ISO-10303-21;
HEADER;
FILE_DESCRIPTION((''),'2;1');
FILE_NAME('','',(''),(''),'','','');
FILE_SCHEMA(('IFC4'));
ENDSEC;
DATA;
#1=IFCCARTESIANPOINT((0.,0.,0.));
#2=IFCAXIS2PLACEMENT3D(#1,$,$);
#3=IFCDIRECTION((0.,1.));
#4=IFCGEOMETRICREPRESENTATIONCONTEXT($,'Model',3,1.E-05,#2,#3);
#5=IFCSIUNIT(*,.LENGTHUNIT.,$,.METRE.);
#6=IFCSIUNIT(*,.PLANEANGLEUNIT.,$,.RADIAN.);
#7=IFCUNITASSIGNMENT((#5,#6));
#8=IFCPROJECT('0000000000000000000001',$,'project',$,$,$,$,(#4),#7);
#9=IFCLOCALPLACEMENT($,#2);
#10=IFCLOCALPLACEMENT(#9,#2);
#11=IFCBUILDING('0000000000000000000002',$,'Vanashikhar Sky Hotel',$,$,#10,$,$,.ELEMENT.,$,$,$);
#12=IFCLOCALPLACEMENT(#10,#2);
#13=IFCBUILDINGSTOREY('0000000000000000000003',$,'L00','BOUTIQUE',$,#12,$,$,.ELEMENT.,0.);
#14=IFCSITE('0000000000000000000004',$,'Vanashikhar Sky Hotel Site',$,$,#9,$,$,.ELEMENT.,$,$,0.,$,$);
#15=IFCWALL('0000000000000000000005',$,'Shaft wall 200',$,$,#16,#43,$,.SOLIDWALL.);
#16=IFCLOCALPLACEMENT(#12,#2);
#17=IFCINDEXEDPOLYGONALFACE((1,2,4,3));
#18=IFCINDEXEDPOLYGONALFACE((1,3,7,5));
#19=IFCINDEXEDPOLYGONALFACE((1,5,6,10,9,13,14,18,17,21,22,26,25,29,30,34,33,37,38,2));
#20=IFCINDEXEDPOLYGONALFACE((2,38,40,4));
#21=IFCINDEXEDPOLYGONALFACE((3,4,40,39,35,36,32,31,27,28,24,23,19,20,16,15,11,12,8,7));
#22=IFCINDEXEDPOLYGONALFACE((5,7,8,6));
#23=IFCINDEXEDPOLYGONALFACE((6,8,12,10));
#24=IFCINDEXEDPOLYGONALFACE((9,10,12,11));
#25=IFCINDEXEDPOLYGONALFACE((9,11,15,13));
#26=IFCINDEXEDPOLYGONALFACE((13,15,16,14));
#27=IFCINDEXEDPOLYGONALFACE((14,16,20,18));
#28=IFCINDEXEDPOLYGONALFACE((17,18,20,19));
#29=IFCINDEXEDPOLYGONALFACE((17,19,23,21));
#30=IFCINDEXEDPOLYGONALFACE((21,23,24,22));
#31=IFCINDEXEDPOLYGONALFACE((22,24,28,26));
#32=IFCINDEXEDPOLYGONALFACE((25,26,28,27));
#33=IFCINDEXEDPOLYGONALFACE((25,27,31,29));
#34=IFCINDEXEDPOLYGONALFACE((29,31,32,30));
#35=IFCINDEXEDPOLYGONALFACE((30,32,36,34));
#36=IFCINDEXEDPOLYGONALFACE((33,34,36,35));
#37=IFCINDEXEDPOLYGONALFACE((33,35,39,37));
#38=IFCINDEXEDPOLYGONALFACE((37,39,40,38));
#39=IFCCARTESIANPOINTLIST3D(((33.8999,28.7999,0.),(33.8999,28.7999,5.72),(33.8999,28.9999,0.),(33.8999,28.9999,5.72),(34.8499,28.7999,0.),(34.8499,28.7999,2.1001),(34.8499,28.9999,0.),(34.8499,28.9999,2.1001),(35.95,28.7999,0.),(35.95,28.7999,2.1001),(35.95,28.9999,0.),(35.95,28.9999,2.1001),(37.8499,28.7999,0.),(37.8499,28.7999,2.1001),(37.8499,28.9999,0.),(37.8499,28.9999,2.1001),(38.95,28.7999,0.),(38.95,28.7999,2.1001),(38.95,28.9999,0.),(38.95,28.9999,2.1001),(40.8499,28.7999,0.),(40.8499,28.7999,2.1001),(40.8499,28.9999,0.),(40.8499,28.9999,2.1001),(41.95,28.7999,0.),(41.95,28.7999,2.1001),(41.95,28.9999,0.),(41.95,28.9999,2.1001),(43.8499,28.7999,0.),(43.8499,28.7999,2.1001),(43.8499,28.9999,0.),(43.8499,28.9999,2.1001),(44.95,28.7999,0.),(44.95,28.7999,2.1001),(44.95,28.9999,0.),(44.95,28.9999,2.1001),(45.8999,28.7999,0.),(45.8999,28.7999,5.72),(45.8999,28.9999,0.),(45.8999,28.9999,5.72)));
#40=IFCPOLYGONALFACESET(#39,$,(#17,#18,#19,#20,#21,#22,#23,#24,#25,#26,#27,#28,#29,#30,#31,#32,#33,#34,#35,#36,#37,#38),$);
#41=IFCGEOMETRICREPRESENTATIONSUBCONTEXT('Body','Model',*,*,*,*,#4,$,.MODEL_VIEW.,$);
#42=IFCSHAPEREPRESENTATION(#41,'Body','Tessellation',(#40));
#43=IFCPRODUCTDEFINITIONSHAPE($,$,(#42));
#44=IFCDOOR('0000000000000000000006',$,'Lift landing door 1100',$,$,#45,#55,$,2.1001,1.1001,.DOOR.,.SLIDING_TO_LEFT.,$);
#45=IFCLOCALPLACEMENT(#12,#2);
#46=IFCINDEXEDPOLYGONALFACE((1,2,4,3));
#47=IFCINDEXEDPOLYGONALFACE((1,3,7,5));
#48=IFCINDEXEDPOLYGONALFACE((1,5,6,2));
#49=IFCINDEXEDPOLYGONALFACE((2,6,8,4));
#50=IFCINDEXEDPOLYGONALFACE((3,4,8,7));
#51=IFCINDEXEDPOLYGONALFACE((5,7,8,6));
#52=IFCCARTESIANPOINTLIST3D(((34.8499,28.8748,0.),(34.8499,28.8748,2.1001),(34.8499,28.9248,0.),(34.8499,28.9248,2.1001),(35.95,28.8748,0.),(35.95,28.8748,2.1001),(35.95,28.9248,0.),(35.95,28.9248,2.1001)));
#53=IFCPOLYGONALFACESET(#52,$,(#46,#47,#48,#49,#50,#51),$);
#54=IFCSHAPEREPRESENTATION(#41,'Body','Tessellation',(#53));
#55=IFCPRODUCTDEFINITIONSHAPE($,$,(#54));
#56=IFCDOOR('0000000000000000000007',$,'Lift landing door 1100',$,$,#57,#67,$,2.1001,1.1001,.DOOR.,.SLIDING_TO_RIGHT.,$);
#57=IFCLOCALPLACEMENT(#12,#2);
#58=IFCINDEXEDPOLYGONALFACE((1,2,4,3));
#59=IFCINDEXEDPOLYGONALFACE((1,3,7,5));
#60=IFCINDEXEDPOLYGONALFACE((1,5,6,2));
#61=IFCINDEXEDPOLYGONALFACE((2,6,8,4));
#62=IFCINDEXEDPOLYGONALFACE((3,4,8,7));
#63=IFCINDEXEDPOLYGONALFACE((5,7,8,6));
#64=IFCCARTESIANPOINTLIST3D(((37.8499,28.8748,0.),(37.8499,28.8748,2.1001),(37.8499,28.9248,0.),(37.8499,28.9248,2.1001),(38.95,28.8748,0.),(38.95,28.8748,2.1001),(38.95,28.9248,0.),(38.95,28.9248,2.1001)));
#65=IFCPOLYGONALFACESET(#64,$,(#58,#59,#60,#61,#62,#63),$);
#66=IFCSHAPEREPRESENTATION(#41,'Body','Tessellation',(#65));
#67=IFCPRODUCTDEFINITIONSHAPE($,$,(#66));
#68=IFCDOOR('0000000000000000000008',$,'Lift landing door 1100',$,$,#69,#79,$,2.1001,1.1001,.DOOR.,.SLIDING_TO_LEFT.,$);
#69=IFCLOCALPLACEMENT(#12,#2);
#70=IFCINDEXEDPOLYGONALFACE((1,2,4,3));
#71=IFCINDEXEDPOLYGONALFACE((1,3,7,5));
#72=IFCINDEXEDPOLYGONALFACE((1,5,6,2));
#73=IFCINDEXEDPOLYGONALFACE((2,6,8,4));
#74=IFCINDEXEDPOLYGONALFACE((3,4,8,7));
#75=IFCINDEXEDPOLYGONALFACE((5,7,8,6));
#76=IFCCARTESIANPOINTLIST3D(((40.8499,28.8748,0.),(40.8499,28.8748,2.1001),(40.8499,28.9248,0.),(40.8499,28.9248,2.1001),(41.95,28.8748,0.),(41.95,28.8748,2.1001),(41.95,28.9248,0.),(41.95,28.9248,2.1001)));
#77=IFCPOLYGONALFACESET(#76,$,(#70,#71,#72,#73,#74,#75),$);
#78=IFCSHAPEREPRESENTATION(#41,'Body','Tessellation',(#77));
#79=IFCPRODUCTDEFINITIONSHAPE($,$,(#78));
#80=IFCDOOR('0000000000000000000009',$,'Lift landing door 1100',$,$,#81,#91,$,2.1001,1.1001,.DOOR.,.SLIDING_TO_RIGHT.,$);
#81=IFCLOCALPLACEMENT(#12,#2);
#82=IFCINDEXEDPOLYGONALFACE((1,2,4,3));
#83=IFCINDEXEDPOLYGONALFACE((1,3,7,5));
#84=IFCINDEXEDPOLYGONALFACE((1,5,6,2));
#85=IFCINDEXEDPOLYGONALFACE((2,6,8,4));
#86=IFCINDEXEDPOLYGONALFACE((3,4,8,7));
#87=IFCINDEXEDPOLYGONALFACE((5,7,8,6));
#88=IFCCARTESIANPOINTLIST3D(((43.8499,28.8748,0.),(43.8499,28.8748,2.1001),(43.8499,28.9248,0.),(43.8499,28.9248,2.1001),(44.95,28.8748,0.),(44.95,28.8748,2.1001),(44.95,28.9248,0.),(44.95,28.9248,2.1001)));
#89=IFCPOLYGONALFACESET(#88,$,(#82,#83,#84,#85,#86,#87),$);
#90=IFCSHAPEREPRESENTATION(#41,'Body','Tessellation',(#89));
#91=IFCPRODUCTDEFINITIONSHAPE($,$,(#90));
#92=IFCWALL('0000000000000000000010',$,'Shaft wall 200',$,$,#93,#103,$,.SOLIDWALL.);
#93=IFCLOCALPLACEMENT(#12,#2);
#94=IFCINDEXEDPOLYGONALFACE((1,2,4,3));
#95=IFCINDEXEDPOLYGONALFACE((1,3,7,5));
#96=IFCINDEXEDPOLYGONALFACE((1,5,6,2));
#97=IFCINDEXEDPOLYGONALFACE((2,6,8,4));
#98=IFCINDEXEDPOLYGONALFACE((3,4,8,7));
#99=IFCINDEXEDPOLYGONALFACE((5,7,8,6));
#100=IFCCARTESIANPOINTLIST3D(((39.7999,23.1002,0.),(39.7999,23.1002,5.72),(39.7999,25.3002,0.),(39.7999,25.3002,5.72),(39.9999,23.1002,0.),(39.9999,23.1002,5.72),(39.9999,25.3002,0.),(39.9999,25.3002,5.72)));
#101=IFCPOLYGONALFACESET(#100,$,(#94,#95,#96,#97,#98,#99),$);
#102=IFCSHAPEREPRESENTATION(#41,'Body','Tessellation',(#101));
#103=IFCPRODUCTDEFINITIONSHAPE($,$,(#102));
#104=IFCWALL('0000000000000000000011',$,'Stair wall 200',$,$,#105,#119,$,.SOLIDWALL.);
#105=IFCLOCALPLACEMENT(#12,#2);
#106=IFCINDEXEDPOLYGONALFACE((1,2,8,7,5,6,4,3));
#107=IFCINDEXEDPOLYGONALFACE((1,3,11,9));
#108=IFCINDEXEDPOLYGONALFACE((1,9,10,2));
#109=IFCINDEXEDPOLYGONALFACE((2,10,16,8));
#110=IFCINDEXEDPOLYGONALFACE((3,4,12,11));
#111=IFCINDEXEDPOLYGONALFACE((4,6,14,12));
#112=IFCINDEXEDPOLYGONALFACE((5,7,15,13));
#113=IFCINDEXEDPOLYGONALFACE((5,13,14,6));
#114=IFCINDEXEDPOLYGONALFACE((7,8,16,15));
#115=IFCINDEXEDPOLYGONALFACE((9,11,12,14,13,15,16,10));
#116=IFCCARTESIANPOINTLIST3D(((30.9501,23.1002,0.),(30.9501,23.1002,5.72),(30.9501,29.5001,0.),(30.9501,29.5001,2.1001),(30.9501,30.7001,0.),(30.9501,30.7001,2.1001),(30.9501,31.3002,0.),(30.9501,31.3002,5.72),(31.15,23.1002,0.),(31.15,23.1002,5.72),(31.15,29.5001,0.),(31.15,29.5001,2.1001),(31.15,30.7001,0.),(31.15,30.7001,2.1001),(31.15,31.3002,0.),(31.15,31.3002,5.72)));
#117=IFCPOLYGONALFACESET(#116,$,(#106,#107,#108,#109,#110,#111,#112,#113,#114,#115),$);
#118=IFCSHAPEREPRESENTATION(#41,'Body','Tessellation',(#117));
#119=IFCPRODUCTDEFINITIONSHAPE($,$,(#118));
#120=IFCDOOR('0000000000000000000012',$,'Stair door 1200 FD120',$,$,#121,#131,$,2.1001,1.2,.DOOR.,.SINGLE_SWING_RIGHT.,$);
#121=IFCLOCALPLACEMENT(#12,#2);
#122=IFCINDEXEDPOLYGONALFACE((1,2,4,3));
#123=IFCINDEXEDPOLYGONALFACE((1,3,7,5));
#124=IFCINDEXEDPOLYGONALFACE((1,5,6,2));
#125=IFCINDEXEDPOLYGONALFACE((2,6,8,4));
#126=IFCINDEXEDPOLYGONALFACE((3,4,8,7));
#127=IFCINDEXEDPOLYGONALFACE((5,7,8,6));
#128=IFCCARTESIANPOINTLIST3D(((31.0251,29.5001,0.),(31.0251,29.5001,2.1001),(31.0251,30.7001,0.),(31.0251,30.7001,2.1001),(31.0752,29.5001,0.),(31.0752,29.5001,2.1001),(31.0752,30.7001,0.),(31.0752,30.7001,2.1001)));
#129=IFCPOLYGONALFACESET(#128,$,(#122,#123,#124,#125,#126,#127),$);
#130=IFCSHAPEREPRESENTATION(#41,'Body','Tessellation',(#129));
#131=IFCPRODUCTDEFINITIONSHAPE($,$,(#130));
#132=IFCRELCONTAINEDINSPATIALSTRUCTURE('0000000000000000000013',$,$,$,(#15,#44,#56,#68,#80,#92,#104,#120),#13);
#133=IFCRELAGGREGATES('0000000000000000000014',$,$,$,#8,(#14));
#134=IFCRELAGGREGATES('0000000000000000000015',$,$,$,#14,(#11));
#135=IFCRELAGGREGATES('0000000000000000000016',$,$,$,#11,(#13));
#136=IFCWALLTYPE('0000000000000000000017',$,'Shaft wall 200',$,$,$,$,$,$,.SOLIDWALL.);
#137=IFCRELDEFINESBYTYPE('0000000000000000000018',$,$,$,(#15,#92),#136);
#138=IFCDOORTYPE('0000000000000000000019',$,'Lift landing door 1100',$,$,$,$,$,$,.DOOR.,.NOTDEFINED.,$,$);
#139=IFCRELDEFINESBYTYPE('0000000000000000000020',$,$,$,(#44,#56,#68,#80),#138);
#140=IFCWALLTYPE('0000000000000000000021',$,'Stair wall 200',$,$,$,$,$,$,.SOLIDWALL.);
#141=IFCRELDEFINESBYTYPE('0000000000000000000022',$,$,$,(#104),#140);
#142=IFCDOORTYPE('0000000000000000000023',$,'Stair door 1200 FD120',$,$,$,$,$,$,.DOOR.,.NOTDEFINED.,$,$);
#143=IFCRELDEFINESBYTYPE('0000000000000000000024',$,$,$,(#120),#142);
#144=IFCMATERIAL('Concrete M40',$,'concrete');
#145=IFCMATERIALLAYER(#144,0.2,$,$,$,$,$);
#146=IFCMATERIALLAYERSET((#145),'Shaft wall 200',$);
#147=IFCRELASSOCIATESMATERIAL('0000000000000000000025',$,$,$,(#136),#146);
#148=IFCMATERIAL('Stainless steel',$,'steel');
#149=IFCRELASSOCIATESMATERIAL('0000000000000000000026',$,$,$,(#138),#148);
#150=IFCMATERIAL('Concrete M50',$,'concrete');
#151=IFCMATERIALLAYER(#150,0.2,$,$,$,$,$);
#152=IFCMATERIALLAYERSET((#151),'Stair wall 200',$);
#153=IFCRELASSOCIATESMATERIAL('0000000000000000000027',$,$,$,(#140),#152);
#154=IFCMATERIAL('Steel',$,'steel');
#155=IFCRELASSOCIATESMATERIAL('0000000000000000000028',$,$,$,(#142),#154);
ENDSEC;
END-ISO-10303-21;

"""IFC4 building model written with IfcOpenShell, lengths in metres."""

from ifc_helpers import new_model, si_unit, direction, frame, frame_2d, origin, place, context, subcontext, project, spatial, rectangle, extrude, source, transform, mapped, material, layer, layer_set, type_object, element, fill, save


model = new_model("IFC4")

# Units and contexts
model_context = context("Model", 3, precision=1e-05, world=origin(), true_north=direction((0.0, 1.0)))
body_context = subcontext(model_context, "Body", "Model", "MODEL_VIEW")
ifc_project = project(units=[si_unit("LENGTHUNIT", "METRE"), si_unit("PLANEANGLEUNIT", "RADIAN")], contexts=[model_context])

# Site, building, storey
site_placement = place(None, origin())
site = spatial("IfcSite", under=ifc_project, at=site_placement, Name="Vanashikhar Sky Hotel Site", CompositionType="ELEMENT", RefElevation=0.0)
building_placement = place(site_placement, origin())
building = spatial("IfcBuilding", under=site, at=building_placement, Name="Vanashikhar Sky Hotel", CompositionType="ELEMENT")
storey_placement = place(building_placement, origin())
storey = spatial("IfcBuildingStorey", under=building, at=storey_placement, Name="L00", Description="BOUTIQUE", CompositionType="ELEMENT", Elevation=0.0)

# Shared definitions
ifc_material_1 = material(Name="Steel", Category="steel")
shared_shape_1 = source(origin(), body_context, "Body", "SweptSolid", [
    extrude(rectangle(XDim=1.1001, YDim=2.1001, at=frame_2d((0.55, 1.05))), frame((0.0, 0.0249, 0.0), z_axis=(0.0, -1.0, 0.0), x_axis=(1.0, 0.0, 0.0)), (0.0, 0.0, 1.0), 0.05),
])

# Wall, openings, doors
ifc_material_2 = material(Name="Concrete M40", Category="concrete")
ifc_layer_1 = layer(ifc_material_2, 0.2)
ifc_layer_set_1 = layer_set([ifc_layer_1], Name="Shaft wall 200")
wall_type_1 = type_object("IfcWallType", Name="Shaft wall 200", PredefinedType="SOLIDWALL", material=ifc_layer_set_1)
shared_shape_2 = source(origin(), body_context, "Body", "SweptSolid", [
    extrude(rectangle(XDim=1.1001, YDim=2.1001, at=frame_2d((0.55, 1.05))), frame((0.0, 0.1099, 0.0), z_axis=(0.0, -1.0, 0.0), x_axis=(1.0, 0.0, 0.0)), (0.0, 0.0, 1.0), 0.22),
])
ifc_material_3 = material(Name="Stainless steel", Category="steel")
door_type_1 = type_object("IfcDoorType", Name="Lift landing door 1100", OperationType="NOTDEFINED", PredefinedType="DOOR", material=ifc_material_3)
shared_shape_3 = source(origin(), body_context, "Body", "SweptSolid", [
    extrude(rectangle(XDim=12.0, YDim=0.2, at=frame_2d((6.0, 0.0))), origin(), (0.0, 0.0, 1.0), 5.72),
])
wall_1_placement = place(storey_placement, frame((33.8999, 28.8999, 0.0), z_axis=(0.0, 0.0, 1.0), x_axis=(1.0, 0.0, 0.0)))
wall_1 = element("IfcWall", 1, at=wall_1_placement, inside=storey, type_object=wall_type_1, Name="Shaft wall 200", PredefinedType="SOLIDWALL", context=body_context, shape_type="MappedRepresentation", body=[
    mapped(shared_shape_3, transform((0.0, 0.0, 0.0), scale=1.0)),
])
opening_1_placement = place(wall_1_placement, frame((0.95, 0.0, 0.0)))
opening_1 = element("IfcOpeningElement", 2, at=opening_1_placement, cuts=wall_1, PredefinedType="OPENING", context=body_context, shape_type="MappedRepresentation", body=[
    mapped(shared_shape_2, transform((0.0, 0.0, 0.0), scale=1.0)),
])
opening_2_placement = place(wall_1_placement, frame((3.95, 0.0, 0.0)))
opening_2 = element("IfcOpeningElement", 3, at=opening_2_placement, cuts=wall_1, PredefinedType="OPENING", context=body_context, shape_type="MappedRepresentation", body=[
    mapped(shared_shape_2, transform((0.0, 0.0, 0.0), scale=1.0)),
])
opening_3_placement = place(wall_1_placement, frame((6.95, 0.0, 0.0)))
opening_3 = element("IfcOpeningElement", 4, at=opening_3_placement, cuts=wall_1, PredefinedType="OPENING", context=body_context, shape_type="MappedRepresentation", body=[
    mapped(shared_shape_2, transform((0.0, 0.0, 0.0), scale=1.0)),
])
opening_4_placement = place(wall_1_placement, frame((9.95, 0.0, 0.0)))
opening_4 = element("IfcOpeningElement", 5, at=opening_4_placement, cuts=wall_1, PredefinedType="OPENING", context=body_context, shape_type="MappedRepresentation", body=[
    mapped(shared_shape_2, transform((0.0, 0.0, 0.0), scale=1.0)),
])
door_1_placement = place(opening_1_placement, origin())
door_1 = element("IfcDoor", 6, at=door_1_placement, inside=storey, type_object=door_type_1, Name="Lift landing door 1100", OperationType="SLIDING_TO_LEFT", OverallHeight=2.1001, OverallWidth=1.1001, PredefinedType="DOOR", context=body_context, shape_type="MappedRepresentation", body=[
    mapped(shared_shape_1, transform((0.0, 0.0, 0.0), scale=1.0)),
])
fill(opening_1, door_1)
door_2_placement = place(opening_2_placement, origin())
door_2 = element("IfcDoor", 7, at=door_2_placement, inside=storey, type_object=door_type_1, Name="Lift landing door 1100", OperationType="SLIDING_TO_RIGHT", OverallHeight=2.1001, OverallWidth=1.1001, PredefinedType="DOOR", context=body_context, shape_type="MappedRepresentation", body=[
    mapped(shared_shape_1, transform((0.0, 0.0, 0.0), scale=1.0)),
])
fill(opening_2, door_2)
door_3_placement = place(opening_3_placement, origin())
door_3 = element("IfcDoor", 8, at=door_3_placement, inside=storey, type_object=door_type_1, Name="Lift landing door 1100", OperationType="SLIDING_TO_LEFT", OverallHeight=2.1001, OverallWidth=1.1001, PredefinedType="DOOR", context=body_context, shape_type="MappedRepresentation", body=[
    mapped(shared_shape_1, transform((0.0, 0.0, 0.0), scale=1.0)),
])
fill(opening_3, door_3)
door_4_placement = place(opening_4_placement, origin())
door_4 = element("IfcDoor", 9, at=door_4_placement, inside=storey, type_object=door_type_1, Name="Lift landing door 1100", OperationType="SLIDING_TO_RIGHT", OverallHeight=2.1001, OverallWidth=1.1001, PredefinedType="DOOR", context=body_context, shape_type="MappedRepresentation", body=[
    mapped(shared_shape_1, transform((0.0, 0.0, 0.0), scale=1.0)),
])
fill(opening_4, door_4)

# Wall
shared_shape_4 = source(origin(), body_context, "Body", "SweptSolid", [
    extrude(rectangle(XDim=2.2, YDim=0.2, at=frame_2d((1.1001, 0.0))), origin(), (0.0, 0.0, 1.0), 5.72),
])
wall_2_placement = place(storey_placement, frame((39.8999, 23.1001, 0.0), z_axis=(0.0, 0.0, 1.0), x_axis=(0.0, 1.0, 0.0)))
element("IfcWall", 10, at=wall_2_placement, inside=storey, type_object=wall_type_1, Name="Shaft wall 200", PredefinedType="SOLIDWALL", context=body_context, shape_type="MappedRepresentation", body=[
    mapped(shared_shape_4, transform((0.0, 0.0, 0.0), scale=1.0)),
])

# Wall, opening, door
ifc_material_4 = material(Name="Concrete M50", Category="concrete")
ifc_layer_2 = layer(ifc_material_4, 0.2)
ifc_layer_set_2 = layer_set([ifc_layer_2], Name="Stair wall 200")
wall_type_2 = type_object("IfcWallType", Name="Stair wall 200", PredefinedType="SOLIDWALL", material=ifc_layer_set_2)
shared_shape_5 = source(origin(), body_context, "Body", "SweptSolid", [
    extrude(rectangle(XDim=8.2, YDim=0.2, at=frame_2d((4.1001, 0.0))), origin(), (0.0, 0.0, 1.0), 5.72),
])
wall_3_placement = place(storey_placement, frame((31.05, 23.1001, 0.0), z_axis=(0.0, 0.0, 1.0), x_axis=(0.0, 1.0, 0.0)))
wall_3 = element("IfcWall", 11, at=wall_3_placement, inside=storey, type_object=wall_type_2, Name="Stair wall 200", PredefinedType="SOLIDWALL", context=body_context, shape_type="MappedRepresentation", body=[
    mapped(shared_shape_5, transform((0.0, 0.0, 0.0), scale=1.0)),
])
shared_shape_6 = source(origin(), body_context, "Body", "SweptSolid", [
    extrude(rectangle(XDim=1.2, YDim=2.1001, at=frame_2d((0.6001, 1.05))), frame((0.0, 0.1099, 0.0), z_axis=(0.0, -1.0, 0.0), x_axis=(1.0, 0.0, 0.0)), (0.0, 0.0, 1.0), 0.22),
])
opening_5_placement = place(wall_3_placement, frame((6.3999, 0.0, 0.0)))
opening_5 = element("IfcOpeningElement", 12, at=opening_5_placement, cuts=wall_3, PredefinedType="OPENING", context=body_context, shape_type="MappedRepresentation", body=[
    mapped(shared_shape_6, transform((0.0, 0.0, 0.0), scale=1.0)),
])
door_type_2 = type_object("IfcDoorType", Name="Stair door 1200 FD120", OperationType="NOTDEFINED", PredefinedType="DOOR", material=ifc_material_1)
shared_shape_7 = source(origin(), body_context, "Body", "SweptSolid", [
    extrude(rectangle(XDim=1.2, YDim=2.1001, at=frame_2d((0.6001, 1.05))), frame((0.0, 0.0249, 0.0), z_axis=(0.0, -1.0, 0.0), x_axis=(1.0, 0.0, 0.0)), (0.0, 0.0, 1.0), 0.05),
])
door_5_placement = place(opening_5_placement, origin())
door_5 = element("IfcDoor", 13, at=door_5_placement, inside=storey, type_object=door_type_2, Name="Stair door 1200 FD120", OperationType="SINGLE_SWING_RIGHT", OverallHeight=2.1001, OverallWidth=1.2, PredefinedType="DOOR", context=body_context, shape_type="MappedRepresentation", body=[
    mapped(shared_shape_7, transform((0.0, 0.0, 0.0), scale=1.0)),
])
fill(opening_5, door_5)

save(model, "model.ifc")
